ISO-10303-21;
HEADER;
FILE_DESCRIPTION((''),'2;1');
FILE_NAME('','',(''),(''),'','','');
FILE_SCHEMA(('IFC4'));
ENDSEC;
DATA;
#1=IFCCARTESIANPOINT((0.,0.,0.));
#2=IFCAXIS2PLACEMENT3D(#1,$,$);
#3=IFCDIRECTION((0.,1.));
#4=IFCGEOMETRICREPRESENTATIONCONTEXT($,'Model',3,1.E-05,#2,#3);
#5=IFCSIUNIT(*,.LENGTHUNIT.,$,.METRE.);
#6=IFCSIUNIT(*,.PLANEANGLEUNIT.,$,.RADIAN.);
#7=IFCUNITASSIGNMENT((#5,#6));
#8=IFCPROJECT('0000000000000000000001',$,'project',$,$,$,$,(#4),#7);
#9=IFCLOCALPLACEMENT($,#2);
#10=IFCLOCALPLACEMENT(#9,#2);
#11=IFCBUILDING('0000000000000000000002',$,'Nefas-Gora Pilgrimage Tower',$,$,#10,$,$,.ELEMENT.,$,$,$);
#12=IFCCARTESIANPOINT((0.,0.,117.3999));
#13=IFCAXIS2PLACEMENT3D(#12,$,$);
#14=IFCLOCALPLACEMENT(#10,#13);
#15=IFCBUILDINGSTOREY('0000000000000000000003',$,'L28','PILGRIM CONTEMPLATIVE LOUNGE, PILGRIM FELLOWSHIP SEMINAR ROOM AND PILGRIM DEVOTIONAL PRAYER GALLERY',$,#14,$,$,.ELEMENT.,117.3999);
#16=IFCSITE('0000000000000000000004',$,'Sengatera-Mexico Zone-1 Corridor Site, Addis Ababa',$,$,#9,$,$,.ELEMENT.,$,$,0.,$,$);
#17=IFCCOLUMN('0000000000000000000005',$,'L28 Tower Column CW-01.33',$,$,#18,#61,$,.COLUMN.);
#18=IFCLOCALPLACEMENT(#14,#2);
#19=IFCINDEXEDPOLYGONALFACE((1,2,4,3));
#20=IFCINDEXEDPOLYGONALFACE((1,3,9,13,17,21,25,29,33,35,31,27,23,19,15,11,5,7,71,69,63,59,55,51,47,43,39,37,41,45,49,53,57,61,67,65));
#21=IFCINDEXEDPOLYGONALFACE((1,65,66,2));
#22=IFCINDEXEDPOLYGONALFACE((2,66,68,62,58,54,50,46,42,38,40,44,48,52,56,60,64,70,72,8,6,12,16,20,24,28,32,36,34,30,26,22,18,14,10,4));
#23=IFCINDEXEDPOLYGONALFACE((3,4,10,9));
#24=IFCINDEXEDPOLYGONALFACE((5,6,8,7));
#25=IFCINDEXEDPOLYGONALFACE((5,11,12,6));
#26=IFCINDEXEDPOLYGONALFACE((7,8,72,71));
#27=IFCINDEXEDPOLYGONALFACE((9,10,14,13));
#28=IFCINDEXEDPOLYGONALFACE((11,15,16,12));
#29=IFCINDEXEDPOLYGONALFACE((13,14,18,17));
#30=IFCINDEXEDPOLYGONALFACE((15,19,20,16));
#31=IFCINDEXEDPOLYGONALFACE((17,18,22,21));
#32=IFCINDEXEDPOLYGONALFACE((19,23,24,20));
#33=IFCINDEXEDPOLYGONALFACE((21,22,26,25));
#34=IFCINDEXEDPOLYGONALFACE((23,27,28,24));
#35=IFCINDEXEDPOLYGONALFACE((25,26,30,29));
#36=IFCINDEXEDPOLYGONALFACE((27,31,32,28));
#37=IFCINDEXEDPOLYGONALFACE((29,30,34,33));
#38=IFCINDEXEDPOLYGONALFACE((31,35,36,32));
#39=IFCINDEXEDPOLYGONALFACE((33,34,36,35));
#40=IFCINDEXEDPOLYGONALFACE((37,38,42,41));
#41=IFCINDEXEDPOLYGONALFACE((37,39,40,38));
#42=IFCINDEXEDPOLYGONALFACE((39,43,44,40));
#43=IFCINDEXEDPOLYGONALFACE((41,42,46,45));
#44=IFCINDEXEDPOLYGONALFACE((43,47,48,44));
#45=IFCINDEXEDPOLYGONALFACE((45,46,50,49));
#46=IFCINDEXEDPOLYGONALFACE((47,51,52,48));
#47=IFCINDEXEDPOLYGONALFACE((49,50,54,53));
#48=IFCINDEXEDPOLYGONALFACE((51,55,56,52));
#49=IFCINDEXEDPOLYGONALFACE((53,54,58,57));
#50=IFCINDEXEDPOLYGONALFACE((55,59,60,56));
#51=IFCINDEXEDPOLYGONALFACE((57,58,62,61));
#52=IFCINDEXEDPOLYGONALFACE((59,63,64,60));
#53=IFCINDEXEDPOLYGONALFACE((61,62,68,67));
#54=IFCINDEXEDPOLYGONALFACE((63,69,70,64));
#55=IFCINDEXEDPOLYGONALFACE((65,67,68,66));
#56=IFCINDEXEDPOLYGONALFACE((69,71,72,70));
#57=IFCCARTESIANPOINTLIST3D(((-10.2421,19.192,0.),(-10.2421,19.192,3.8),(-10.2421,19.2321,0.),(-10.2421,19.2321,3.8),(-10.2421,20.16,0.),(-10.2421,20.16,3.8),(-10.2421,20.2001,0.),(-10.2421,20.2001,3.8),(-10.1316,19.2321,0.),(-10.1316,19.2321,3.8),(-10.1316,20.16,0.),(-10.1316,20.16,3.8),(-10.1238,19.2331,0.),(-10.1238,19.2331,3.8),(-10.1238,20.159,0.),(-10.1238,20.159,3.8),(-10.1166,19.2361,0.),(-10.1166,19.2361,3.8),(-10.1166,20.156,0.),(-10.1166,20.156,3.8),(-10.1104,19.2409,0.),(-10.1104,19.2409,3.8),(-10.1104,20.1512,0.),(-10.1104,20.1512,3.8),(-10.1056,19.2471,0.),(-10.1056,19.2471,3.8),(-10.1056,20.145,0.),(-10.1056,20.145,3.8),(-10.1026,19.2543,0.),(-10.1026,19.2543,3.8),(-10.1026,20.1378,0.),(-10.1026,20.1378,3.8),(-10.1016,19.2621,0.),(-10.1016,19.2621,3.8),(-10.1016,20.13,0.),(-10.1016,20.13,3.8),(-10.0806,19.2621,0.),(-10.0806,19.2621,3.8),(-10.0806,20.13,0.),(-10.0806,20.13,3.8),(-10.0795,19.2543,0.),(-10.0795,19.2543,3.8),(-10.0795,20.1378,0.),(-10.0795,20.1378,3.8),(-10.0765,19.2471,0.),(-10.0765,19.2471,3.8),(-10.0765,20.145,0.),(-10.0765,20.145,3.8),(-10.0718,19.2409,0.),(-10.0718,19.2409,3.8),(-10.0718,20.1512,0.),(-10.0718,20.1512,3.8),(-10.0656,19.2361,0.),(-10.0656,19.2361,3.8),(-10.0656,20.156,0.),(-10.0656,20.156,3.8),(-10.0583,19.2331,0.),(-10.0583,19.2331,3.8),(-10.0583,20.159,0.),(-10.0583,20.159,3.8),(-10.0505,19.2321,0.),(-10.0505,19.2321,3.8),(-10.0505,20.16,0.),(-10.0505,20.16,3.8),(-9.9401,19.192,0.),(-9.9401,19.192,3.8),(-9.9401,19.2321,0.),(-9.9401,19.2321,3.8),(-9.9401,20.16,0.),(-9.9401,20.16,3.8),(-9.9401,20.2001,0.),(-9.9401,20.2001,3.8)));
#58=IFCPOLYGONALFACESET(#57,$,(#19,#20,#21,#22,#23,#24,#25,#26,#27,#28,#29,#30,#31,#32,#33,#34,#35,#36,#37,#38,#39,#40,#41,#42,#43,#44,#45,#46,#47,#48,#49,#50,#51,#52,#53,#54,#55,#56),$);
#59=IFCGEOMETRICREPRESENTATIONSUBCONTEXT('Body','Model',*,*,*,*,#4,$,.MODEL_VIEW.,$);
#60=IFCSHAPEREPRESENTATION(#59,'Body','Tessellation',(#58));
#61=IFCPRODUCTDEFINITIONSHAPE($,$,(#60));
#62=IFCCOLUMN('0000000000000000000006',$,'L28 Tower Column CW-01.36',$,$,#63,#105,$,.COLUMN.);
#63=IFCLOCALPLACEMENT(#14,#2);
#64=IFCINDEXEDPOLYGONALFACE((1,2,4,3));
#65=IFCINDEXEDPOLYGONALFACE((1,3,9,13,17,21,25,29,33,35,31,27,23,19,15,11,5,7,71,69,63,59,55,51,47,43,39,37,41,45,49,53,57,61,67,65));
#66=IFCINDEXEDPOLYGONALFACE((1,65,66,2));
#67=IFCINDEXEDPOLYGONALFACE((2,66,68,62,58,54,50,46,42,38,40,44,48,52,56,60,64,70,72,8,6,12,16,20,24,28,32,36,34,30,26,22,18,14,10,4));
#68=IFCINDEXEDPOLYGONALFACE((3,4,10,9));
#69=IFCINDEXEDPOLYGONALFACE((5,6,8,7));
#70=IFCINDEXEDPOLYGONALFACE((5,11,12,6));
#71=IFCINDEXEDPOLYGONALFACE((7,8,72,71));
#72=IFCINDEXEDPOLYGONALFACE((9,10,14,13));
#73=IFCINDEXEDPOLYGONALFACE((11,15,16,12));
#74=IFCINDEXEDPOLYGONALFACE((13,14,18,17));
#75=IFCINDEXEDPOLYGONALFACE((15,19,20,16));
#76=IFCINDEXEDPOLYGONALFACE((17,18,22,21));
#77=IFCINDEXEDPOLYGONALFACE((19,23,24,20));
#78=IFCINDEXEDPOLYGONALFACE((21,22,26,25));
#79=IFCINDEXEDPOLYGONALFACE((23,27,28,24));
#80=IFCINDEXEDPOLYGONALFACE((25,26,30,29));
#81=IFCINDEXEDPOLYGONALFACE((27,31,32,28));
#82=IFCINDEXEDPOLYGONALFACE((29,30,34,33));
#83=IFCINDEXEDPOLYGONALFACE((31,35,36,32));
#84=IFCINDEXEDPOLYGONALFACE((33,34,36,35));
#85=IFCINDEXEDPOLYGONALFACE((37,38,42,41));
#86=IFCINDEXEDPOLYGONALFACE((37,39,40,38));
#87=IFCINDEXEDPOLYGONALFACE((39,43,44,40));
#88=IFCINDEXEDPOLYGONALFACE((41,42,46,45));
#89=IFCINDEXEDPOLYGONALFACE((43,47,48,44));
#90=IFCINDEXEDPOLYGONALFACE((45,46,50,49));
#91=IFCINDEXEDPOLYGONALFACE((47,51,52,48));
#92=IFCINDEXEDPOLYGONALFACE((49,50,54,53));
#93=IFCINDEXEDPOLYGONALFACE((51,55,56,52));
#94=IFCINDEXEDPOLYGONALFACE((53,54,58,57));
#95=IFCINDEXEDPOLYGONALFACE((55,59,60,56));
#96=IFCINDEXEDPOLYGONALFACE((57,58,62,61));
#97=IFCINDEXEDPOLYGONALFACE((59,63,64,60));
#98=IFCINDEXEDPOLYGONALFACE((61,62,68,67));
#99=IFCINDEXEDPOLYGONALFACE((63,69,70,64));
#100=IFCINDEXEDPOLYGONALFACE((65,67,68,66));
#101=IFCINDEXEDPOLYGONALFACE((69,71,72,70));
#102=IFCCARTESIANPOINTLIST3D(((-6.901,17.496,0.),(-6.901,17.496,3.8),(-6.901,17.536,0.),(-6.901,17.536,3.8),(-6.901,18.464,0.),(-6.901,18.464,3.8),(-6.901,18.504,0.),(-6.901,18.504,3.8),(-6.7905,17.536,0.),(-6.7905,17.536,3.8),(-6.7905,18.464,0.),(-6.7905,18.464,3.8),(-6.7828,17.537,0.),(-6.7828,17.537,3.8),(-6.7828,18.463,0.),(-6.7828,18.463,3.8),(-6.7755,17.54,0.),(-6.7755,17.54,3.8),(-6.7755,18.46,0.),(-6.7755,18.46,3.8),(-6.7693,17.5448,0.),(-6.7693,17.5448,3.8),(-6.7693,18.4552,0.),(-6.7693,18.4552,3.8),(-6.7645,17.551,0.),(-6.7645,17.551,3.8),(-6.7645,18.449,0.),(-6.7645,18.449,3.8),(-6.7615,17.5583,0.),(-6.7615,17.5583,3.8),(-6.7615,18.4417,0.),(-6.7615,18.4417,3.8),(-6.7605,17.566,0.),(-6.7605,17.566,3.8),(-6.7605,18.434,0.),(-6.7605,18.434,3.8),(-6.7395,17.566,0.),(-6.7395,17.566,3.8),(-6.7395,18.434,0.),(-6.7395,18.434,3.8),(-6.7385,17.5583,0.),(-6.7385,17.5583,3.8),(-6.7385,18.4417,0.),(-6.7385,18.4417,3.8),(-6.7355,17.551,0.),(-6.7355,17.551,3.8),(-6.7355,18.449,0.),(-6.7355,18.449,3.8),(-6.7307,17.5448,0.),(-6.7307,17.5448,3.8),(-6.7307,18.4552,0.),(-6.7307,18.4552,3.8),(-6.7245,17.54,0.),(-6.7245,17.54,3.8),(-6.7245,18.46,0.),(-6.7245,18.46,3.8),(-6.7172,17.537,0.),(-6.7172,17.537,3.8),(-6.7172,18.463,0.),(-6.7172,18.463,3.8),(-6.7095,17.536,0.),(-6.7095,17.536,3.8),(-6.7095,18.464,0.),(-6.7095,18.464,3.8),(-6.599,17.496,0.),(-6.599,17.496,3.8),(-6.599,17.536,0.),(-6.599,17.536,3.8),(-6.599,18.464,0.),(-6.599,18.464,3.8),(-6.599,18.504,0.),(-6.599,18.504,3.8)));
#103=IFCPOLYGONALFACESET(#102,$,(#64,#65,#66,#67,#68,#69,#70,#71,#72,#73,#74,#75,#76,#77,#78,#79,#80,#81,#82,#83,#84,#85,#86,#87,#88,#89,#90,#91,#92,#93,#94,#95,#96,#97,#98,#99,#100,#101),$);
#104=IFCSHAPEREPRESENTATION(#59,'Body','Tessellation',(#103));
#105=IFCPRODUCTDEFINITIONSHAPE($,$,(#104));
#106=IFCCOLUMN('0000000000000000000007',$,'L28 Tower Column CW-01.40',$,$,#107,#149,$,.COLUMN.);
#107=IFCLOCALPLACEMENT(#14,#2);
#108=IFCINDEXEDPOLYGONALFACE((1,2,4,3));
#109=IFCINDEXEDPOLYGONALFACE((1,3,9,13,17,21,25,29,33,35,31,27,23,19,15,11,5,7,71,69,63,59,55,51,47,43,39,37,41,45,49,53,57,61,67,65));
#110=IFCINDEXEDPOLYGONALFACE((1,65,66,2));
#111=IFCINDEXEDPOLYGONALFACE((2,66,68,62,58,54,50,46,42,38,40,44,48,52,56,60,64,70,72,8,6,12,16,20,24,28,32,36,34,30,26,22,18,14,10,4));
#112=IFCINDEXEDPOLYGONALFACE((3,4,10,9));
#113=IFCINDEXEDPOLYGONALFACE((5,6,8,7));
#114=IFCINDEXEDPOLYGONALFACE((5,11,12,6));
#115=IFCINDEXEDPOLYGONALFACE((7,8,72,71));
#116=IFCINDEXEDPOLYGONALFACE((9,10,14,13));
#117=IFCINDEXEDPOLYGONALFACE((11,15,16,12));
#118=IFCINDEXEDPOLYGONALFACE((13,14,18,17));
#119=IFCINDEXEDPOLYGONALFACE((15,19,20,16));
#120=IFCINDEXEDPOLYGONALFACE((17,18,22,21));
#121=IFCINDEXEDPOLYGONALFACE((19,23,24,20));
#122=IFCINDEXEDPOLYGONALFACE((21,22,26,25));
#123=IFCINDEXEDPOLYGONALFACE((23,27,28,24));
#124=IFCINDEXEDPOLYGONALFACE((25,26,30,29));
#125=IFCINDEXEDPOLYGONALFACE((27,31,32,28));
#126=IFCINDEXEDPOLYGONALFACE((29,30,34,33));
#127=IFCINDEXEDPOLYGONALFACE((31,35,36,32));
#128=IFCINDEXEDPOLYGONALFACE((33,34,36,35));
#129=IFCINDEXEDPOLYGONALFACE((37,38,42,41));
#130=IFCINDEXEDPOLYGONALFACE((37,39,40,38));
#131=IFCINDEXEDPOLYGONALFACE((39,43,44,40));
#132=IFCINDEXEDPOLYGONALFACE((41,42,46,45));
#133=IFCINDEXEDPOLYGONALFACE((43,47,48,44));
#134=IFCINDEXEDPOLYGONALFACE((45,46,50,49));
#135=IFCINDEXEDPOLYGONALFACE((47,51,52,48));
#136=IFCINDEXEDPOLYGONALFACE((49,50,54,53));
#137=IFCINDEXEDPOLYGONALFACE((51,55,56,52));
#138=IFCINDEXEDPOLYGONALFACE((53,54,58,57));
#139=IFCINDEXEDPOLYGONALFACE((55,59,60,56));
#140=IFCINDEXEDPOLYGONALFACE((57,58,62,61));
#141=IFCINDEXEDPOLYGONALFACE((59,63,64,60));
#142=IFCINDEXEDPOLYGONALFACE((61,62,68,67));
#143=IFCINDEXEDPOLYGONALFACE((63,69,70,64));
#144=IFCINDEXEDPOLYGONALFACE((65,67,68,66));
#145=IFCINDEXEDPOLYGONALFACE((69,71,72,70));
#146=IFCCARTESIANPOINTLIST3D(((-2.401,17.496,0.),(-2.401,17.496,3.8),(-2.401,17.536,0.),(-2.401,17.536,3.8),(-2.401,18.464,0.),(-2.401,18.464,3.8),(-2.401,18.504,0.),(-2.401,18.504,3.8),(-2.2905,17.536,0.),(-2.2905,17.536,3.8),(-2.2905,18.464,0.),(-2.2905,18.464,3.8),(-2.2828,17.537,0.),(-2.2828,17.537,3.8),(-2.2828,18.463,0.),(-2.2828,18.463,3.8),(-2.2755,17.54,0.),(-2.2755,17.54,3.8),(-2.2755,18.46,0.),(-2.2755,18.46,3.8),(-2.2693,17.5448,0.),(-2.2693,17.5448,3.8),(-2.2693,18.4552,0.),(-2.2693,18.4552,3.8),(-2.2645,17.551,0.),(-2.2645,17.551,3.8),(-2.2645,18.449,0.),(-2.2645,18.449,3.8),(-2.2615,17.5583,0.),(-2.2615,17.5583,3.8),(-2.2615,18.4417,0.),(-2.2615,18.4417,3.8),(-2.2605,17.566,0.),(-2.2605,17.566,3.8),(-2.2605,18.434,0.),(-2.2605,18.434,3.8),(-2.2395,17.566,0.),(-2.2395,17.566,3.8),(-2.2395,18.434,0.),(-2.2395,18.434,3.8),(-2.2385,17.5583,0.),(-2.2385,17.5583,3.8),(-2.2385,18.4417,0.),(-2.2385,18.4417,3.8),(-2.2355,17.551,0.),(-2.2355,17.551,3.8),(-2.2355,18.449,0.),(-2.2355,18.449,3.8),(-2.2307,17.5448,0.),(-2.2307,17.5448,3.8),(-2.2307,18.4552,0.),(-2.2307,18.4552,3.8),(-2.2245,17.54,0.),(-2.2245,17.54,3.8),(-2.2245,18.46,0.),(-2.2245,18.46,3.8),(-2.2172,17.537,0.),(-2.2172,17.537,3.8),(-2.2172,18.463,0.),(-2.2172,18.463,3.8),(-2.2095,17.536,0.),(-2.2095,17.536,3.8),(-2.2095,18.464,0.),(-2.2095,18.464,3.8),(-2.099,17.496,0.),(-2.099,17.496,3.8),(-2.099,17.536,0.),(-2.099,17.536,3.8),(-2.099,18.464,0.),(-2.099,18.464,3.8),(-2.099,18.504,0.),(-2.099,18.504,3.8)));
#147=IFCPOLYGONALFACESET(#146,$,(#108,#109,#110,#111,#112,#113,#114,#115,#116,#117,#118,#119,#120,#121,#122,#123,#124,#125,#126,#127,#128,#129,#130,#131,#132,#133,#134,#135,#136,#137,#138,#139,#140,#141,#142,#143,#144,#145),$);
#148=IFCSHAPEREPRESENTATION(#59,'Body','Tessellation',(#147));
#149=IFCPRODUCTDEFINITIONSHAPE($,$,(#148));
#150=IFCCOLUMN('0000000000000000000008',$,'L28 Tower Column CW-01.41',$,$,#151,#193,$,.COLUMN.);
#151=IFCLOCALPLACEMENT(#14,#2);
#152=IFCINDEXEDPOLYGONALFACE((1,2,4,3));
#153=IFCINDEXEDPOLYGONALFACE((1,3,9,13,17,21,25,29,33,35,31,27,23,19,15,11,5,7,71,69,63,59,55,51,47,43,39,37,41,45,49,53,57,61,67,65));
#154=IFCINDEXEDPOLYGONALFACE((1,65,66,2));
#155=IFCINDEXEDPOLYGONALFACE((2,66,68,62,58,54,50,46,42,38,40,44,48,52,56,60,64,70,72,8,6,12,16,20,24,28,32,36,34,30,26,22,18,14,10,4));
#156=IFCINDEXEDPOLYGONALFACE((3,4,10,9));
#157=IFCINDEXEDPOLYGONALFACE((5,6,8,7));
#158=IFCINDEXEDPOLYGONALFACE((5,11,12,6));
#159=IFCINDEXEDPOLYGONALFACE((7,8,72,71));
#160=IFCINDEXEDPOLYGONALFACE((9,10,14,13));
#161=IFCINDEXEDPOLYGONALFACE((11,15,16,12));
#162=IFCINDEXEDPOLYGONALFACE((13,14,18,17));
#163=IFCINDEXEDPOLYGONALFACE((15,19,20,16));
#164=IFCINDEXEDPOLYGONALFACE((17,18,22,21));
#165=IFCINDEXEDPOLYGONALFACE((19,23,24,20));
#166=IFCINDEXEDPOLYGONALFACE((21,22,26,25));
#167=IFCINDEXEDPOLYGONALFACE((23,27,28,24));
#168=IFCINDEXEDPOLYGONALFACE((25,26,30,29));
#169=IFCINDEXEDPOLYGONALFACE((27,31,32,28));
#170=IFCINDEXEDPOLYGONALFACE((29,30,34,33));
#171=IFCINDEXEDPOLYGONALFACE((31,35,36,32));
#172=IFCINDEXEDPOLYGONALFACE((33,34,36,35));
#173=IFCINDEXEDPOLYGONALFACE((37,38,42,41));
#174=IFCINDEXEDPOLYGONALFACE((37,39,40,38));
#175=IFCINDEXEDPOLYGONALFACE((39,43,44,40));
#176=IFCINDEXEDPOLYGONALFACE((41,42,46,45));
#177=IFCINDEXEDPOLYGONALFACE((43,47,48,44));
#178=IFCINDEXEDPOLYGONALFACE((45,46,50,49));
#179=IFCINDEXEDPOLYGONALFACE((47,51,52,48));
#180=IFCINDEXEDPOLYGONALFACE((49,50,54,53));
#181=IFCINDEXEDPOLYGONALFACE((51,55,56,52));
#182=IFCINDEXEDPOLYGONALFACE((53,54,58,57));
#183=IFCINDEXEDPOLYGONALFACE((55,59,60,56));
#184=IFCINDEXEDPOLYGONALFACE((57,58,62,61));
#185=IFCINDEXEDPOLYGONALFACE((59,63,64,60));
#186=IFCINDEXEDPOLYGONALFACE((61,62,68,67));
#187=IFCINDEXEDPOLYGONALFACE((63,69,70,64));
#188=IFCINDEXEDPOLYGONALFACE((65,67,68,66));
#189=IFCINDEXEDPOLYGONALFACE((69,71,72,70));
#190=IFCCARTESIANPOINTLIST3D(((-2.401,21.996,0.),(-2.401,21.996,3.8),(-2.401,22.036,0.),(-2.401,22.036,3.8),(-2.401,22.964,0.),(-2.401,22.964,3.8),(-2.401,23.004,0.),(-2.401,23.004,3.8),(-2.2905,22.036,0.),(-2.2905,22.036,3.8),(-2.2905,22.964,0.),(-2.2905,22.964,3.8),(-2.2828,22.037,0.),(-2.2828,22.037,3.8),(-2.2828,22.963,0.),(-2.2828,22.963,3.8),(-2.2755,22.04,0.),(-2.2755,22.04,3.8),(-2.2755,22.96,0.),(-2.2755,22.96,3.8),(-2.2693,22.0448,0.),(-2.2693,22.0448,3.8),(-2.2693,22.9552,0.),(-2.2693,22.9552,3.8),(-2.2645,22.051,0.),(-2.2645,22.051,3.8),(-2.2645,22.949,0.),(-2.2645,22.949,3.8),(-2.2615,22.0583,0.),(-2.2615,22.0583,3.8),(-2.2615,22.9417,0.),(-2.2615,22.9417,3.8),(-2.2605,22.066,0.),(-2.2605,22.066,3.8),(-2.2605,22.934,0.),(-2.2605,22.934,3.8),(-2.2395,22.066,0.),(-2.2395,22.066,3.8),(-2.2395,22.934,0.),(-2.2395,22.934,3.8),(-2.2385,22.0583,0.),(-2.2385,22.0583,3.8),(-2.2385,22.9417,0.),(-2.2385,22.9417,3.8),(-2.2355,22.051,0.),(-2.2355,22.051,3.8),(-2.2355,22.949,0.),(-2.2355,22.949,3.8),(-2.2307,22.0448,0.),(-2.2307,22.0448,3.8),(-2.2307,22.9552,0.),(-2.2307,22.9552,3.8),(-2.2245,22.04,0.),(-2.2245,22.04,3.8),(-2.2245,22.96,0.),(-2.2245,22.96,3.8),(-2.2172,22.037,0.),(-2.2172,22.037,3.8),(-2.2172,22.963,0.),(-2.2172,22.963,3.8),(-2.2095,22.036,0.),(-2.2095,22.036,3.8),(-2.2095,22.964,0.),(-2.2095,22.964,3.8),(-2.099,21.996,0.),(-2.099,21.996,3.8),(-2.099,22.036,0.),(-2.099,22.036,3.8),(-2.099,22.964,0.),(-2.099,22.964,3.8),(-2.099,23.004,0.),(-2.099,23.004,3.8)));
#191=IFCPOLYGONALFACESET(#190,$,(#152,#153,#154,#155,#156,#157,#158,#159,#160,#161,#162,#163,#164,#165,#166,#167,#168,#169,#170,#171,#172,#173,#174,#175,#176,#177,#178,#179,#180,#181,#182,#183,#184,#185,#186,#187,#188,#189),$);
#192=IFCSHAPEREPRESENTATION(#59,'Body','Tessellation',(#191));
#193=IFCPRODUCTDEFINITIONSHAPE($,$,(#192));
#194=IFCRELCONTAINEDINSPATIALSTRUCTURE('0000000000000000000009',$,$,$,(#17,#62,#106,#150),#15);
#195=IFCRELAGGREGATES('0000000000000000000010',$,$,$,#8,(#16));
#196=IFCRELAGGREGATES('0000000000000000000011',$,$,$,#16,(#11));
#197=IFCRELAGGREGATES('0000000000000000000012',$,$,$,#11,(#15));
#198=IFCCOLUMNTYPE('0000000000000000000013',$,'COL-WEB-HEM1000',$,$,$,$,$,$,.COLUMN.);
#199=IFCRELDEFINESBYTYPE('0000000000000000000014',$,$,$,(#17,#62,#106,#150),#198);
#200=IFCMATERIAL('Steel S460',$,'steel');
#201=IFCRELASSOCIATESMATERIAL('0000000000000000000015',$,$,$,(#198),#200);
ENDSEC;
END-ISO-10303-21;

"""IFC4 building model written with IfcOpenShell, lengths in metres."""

from ifc_helpers import new_model, si_unit, direction, frame, origin, origin_2d, place, context, subcontext, project, spatial, i_section, extrude, source, transform, mapped, material, material_profile, profile_set, type_object, element, save


model = new_model("IFC4")

# Units and contexts
model_context = context("Model", 3, precision=1e-05, world=origin(), true_north=direction((0.0, 1.0)))
body_context = subcontext(model_context, "Body", "Model", "MODEL_VIEW")
ifc_project = project(units=[si_unit("LENGTHUNIT", "METRE"), si_unit("PLANEANGLEUNIT", "RADIAN")], contexts=[model_context])

# Site, building, storey
site_placement = place(None, origin())
site = spatial("IfcSite", under=ifc_project, at=site_placement, Name="Sengatera-Mexico Zone-1 Corridor Site, Addis Ababa", CompositionType="ELEMENT", RefElevation=0.0)
building_placement = place(site_placement, origin())
building = spatial("IfcBuilding", under=site, at=building_placement, Name="Nefas-Gora Pilgrimage Tower", CompositionType="ELEMENT")
storey_placement = place(building_placement, frame((0.0, 0.0, 117.3999)))
storey = spatial("IfcBuildingStorey", under=building, at=storey_placement, Name="L28", Description="PILGRIM CONTEMPLATIVE LOUNGE, PILGRIM FELLOWSHIP SEMINAR ROOM AND PILGRIM DEVOTIONAL PRAYER GALLERY", CompositionType="ELEMENT", Elevation=117.3999)

# Columns
ifc_material_1 = material(Name="Steel S460", Category="steel")
ifc_material_profile_1 = material_profile(ifc_material_1, i_section(OverallWidth=0.302, OverallDepth=1.0081, WebThickness=0.021, FlangeThickness=0.04, FilletRadius=0.03, at=origin_2d()), Name="HEM 1000")
ifc_profile_set_1 = profile_set([ifc_material_profile_1], Name="Steel S460")
column_type_1 = type_object("IfcColumnType", Name="COL-WEB-HEM1000", PredefinedType="COLUMN", material=ifc_profile_set_1)
shared_shape_1 = source(origin(), body_context, "Body", "SweptSolid", [
    extrude(i_section(OverallWidth=0.302, OverallDepth=1.0081, WebThickness=0.021, FlangeThickness=0.04, FilletRadius=0.03, at=origin_2d()), origin(), (0.0, 0.0, 1.0), 3.8),
])
for number, where, z_axis, x_axis, name in (
    (1, (-10.0911, 19.696, 0.0), (0.0, 0.0, 1.0), (1.0, 0.0, 0.0), "L28 Tower Column CW-01.33"),
    (2, (-6.75, 18.0, 0.0), (0.0, 0.0, 1.0), (1.0, 0.0, 0.0), "L28 Tower Column CW-01.36"),
    (3, (-2.25, 18.0, 0.0), (0.0, 0.0, 1.0), (1.0, 0.0, 0.0), "L28 Tower Column CW-01.40"),
    (4, (-2.25, 22.5, 0.0), (0.0, 0.0, 1.0), (1.0, 0.0, 0.0), "L28 Tower Column CW-01.41"),
):
    element("IfcColumn", number, at=place(storey_placement, frame(where, z_axis=z_axis, x_axis=x_axis)), inside=storey, type_object=column_type_1, Name=name, PredefinedType="COLUMN", context=body_context, shape_type="MappedRepresentation", body=[
        mapped(shared_shape_1, transform((0.0, 0.0, 0.0), x_axis=(1.0, 0.0, 0.0), y_axis=(0.0, 1.0, 0.0), z_axis=(0.0, 0.0, 1.0), scale=1.0)),
    ])

save(model, "model.ifc")
